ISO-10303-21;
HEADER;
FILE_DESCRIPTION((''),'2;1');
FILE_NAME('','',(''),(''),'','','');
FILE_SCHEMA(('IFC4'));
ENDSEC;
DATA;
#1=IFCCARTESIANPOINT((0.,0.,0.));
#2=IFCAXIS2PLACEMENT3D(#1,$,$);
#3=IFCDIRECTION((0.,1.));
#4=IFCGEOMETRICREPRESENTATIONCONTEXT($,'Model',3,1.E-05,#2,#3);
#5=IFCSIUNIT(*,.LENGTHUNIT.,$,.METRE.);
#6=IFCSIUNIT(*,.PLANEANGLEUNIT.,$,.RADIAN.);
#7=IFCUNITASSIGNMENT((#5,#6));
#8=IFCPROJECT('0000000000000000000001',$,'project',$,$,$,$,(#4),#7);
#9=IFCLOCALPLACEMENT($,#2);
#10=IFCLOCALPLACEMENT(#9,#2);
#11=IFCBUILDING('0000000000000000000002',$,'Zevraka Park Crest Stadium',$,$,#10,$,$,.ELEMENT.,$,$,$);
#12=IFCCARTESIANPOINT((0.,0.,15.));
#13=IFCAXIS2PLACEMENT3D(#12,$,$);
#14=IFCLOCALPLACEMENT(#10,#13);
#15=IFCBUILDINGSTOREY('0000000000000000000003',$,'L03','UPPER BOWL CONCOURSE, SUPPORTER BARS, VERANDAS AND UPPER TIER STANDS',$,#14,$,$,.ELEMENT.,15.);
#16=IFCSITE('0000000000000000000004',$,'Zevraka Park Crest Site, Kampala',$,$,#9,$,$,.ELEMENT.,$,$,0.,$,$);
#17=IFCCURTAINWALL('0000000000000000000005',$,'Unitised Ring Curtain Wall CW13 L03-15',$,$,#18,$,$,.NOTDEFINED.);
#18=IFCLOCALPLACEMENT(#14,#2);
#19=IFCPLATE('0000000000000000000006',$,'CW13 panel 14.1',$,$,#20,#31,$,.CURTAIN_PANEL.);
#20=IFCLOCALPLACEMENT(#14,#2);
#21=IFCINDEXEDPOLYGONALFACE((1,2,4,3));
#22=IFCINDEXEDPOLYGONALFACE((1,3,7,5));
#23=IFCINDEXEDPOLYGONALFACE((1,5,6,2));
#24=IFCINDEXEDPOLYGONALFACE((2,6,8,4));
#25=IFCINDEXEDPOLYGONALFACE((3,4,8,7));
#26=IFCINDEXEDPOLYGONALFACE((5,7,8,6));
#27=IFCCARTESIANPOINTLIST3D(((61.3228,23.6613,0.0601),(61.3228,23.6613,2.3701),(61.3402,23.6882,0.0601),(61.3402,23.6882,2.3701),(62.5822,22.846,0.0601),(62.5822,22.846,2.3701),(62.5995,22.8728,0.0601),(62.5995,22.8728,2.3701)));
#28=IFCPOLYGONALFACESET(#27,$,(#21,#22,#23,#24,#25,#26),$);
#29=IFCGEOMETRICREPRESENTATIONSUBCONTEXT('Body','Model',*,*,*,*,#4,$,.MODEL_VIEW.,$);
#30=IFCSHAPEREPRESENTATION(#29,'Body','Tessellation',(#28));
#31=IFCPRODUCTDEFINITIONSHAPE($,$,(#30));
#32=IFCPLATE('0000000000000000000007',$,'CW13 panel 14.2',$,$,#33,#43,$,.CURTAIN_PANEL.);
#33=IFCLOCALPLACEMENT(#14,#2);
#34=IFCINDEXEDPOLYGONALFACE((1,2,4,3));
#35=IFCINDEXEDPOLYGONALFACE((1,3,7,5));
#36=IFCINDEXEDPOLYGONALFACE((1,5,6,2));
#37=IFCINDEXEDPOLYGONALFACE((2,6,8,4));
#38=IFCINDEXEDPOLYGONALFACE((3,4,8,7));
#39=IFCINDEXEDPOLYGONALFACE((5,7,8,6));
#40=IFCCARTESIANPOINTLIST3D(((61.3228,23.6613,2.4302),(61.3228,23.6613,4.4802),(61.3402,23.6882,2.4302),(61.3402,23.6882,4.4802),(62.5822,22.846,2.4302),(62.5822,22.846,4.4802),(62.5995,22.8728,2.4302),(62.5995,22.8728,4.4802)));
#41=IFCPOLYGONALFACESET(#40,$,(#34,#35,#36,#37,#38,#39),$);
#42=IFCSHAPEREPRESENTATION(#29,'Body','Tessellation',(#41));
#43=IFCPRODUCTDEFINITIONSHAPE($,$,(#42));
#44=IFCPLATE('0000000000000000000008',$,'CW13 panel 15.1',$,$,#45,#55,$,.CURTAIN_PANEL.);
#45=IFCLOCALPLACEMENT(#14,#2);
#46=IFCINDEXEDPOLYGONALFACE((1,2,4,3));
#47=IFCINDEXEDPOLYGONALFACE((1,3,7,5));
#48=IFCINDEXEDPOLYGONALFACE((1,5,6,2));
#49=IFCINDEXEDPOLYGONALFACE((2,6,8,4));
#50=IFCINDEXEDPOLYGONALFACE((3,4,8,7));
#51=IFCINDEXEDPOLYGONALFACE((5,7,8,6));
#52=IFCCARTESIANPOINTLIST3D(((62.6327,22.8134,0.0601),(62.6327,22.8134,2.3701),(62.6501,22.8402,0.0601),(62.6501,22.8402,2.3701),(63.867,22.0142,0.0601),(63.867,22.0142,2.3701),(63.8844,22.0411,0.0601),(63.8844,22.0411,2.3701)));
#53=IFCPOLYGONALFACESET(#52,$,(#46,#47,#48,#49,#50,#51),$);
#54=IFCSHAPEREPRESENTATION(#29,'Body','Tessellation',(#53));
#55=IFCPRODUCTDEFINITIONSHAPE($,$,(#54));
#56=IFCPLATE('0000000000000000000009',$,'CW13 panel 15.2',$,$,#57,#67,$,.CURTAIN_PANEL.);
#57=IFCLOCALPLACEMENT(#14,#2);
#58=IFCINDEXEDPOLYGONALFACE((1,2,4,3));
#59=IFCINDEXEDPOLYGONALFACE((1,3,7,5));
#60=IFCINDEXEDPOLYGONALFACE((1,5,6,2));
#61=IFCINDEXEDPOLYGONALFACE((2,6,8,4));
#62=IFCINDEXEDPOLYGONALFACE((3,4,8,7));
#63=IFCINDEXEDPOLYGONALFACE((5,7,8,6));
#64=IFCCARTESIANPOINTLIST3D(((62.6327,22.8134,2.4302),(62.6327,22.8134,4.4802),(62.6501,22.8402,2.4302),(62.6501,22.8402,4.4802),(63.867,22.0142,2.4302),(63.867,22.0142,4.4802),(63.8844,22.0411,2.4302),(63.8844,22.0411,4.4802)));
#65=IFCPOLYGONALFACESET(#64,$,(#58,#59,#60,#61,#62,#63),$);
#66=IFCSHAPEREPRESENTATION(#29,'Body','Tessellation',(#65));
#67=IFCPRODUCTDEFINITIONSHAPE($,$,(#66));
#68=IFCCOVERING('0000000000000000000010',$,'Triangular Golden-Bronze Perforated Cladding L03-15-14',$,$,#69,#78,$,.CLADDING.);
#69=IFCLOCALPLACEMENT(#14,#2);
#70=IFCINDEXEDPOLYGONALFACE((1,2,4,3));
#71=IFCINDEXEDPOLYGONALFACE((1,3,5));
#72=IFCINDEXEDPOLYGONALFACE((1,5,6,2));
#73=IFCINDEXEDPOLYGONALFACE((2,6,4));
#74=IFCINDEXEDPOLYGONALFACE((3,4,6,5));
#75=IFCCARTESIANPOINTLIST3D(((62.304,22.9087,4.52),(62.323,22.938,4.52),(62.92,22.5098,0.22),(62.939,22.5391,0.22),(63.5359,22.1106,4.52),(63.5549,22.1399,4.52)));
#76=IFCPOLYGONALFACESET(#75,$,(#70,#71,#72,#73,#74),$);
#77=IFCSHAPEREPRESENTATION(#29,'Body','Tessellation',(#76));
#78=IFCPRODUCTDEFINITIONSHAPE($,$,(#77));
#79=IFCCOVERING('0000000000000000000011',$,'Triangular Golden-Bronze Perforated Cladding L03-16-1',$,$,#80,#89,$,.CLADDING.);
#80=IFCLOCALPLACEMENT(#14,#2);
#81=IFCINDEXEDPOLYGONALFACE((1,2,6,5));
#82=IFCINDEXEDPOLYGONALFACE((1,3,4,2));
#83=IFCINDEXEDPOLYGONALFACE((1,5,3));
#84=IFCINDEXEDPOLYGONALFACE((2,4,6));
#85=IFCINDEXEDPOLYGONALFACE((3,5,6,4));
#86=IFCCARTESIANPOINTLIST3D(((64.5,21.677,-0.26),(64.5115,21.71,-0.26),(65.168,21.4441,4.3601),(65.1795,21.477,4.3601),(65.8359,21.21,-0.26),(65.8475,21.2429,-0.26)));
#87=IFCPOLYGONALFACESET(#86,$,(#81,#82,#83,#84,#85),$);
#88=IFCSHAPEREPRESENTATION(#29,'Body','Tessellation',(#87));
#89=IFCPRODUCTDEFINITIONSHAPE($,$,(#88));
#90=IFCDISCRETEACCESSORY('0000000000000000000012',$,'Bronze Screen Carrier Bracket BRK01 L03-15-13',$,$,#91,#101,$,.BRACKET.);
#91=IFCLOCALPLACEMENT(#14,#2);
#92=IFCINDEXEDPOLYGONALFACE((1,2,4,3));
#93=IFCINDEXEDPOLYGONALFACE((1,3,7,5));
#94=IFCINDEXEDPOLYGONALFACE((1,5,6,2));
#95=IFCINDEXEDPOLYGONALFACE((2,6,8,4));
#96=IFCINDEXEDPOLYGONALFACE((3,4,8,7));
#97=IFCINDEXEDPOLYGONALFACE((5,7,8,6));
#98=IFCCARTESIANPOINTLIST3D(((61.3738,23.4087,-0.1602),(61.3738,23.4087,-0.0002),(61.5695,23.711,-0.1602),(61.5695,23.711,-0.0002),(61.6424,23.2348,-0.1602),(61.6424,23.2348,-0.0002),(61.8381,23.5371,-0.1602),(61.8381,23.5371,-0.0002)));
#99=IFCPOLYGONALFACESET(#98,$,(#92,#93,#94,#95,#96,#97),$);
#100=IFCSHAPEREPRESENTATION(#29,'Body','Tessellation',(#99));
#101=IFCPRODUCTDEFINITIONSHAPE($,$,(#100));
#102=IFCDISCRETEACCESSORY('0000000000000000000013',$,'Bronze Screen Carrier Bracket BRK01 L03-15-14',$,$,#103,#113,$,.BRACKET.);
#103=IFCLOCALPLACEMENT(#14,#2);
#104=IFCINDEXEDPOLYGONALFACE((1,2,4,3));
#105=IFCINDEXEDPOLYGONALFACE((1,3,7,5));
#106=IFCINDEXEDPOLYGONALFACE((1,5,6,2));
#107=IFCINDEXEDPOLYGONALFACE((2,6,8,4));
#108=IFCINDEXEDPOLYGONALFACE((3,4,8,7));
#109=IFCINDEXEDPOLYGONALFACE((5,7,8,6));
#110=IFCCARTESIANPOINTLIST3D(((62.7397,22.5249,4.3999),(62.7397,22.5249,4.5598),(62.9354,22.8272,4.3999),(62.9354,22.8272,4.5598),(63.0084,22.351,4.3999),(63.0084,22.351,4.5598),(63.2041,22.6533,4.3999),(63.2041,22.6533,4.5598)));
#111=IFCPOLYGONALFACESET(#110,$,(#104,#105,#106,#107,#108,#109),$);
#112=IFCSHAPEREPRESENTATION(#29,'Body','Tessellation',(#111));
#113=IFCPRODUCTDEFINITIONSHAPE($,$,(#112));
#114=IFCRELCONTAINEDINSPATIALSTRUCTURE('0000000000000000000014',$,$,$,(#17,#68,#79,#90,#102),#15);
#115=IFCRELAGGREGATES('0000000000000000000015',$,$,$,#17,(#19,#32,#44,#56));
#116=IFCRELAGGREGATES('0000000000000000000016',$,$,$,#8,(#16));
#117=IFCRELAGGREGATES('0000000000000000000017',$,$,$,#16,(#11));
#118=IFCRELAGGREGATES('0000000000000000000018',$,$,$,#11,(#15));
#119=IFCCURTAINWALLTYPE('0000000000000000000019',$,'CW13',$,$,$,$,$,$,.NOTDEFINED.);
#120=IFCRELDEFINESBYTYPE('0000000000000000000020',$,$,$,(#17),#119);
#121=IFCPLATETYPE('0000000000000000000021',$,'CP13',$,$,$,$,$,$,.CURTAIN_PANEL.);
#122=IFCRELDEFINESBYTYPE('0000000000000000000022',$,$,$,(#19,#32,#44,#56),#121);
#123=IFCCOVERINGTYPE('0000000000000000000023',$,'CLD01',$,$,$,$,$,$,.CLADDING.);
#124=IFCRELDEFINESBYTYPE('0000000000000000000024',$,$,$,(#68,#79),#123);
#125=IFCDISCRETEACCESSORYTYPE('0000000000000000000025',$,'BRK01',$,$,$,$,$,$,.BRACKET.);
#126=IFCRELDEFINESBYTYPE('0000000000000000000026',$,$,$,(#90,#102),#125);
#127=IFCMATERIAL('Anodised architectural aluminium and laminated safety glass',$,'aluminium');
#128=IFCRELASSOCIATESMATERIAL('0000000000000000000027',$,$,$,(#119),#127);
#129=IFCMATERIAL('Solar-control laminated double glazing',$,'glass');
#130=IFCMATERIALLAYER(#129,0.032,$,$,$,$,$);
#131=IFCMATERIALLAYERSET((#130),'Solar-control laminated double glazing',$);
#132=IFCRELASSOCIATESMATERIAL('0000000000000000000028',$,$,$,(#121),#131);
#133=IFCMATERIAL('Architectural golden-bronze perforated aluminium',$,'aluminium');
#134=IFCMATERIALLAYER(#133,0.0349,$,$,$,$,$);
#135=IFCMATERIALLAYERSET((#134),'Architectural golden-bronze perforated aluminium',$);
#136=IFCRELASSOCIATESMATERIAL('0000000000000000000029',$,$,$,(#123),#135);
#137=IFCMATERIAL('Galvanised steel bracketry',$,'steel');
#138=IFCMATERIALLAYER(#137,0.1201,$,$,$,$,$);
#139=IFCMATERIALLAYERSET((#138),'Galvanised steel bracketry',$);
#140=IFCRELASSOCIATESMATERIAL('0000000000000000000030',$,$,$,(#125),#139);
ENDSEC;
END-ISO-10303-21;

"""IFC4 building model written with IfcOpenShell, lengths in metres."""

from ifc_helpers import new_model, si_unit, direction, frame, origin, origin_2d, place, context, subcontext, project, spatial, polyline, rectangle, outline, extrude, material, layer, layer_set, type_object, element, aggregate, save


model = new_model("IFC4")

# Units and contexts
model_context = context("Model", 3, precision=1e-05, world=origin(), true_north=direction((0.0, 1.0)))
body_context = subcontext(model_context, "Body", "Model", "MODEL_VIEW")
ifc_project = project(units=[si_unit("LENGTHUNIT", "METRE"), si_unit("PLANEANGLEUNIT", "RADIAN")], contexts=[model_context])

# Site, building, storey
site_placement = place(None, origin())
site = spatial("IfcSite", under=ifc_project, at=site_placement, Name="Zevraka Park Crest Site, Kampala", CompositionType="ELEMENT", RefElevation=0.0)
building_placement = place(site_placement, origin())
building = spatial("IfcBuilding", under=site, at=building_placement, Name="Zevraka Park Crest Stadium", CompositionType="ELEMENT")
storey_placement = place(building_placement, frame((0.0, 0.0, 15.0)))
storey = spatial("IfcBuildingStorey", under=building, at=storey_placement, Name="L03", Description="UPPER BOWL CONCOURSE, SUPPORTER BARS, VERANDAS AND UPPER TIER STANDS", CompositionType="ELEMENT", Elevation=15.0)

# Curtain wall
ifc_material_1 = material(Name="Anodised architectural aluminium and laminated safety glass", Category="aluminium")
curtain_wall_type_1 = type_object("IfcCurtainWallType", Name="CW13", PredefinedType="NOTDEFINED", material=ifc_material_1)
curtain_wall_1_placement = place(storey_placement, origin())
curtain_wall_1 = element("IfcCurtainWall", 1, at=curtain_wall_1_placement, inside=storey, type_object=curtain_wall_type_1, Name="Unitised Ring Curtain Wall CW13 L03-15", PredefinedType="NOTDEFINED")

# Plates
ifc_material_2 = material(Name="Solar-control laminated double glazing", Category="glass")
ifc_layer_1 = layer(ifc_material_2, 0.032)
ifc_layer_set_1 = layer_set([ifc_layer_1], Name="Solar-control laminated double glazing")
plate_type_1 = type_object("IfcPlateType", Name="CP13", PredefinedType="CURTAIN_PANEL", material=ifc_layer_set_1)
plate_1_placement = place(storey_placement, frame((61.9612, 23.2671, 0.0601), z_axis=(0.0, 0.0, 1.0), x_axis=(0.839429, -0.543469, 0.0)))
plate_1 = element("IfcPlate", 2, at=plate_1_placement, type_object=plate_type_1, Name="CW13 panel 14.1", PredefinedType="CURTAIN_PANEL", context=body_context, shape_type="SweptSolid", body=[
    extrude(rectangle(XDim=1.5002, YDim=0.032, at=origin_2d()), origin(), (0.0, 0.0, 1.0), 2.3101),
])
plate_2_placement = place(storey_placement, frame((61.9612, 23.2671, 2.4302), z_axis=(0.0, 0.0, 1.0), x_axis=(0.839429, -0.543469, 0.0)))
plate_2 = element("IfcPlate", 3, at=plate_2_placement, type_object=plate_type_1, Name="CW13 panel 14.2", PredefinedType="CURTAIN_PANEL", context=body_context, shape_type="SweptSolid", body=[
    extrude(rectangle(XDim=1.5002, YDim=0.032, at=origin_2d()), origin(), (0.0, 0.0, 1.0), 2.05),
])
plate_3_placement = place(storey_placement, frame((63.2585, 22.4272, 0.0601), z_axis=(0.0, 0.0, 1.0), x_axis=(0.839429, -0.543469, 0.0)))
plate_3 = element("IfcPlate", 4, at=plate_3_placement, type_object=plate_type_1, Name="CW13 panel 15.1", PredefinedType="CURTAIN_PANEL", context=body_context, shape_type="SweptSolid", body=[
    extrude(rectangle(XDim=1.4705, YDim=0.032, at=origin_2d()), origin(), (0.0, 0.0, 1.0), 2.3101),
])
plate_4_placement = place(storey_placement, frame((63.2585, 22.4272, 2.4302), z_axis=(0.0, 0.0, 1.0), x_axis=(0.839429, -0.543469, 0.0)))
plate_4 = element("IfcPlate", 5, at=plate_4_placement, type_object=plate_type_1, Name="CW13 panel 15.2", PredefinedType="CURTAIN_PANEL", context=body_context, shape_type="SweptSolid", body=[
    extrude(rectangle(XDim=1.4705, YDim=0.032, at=origin_2d()), origin(), (0.0, 0.0, 1.0), 2.05),
])
aggregate(curtain_wall_1, [plate_1, plate_2, plate_3, plate_4])

# Coverings
ifc_material_3 = material(Name="Architectural golden-bronze perforated aluminium", Category="aluminium")
ifc_layer_2 = layer(ifc_material_3, 0.0349)
ifc_layer_set_2 = layer_set([ifc_layer_2], Name="Architectural golden-bronze perforated aluminium")
covering_type = type_object("IfcCoveringType", Name="CLD01", PredefinedType="CLADDING", material=ifc_layer_set_2)
covering_1_placement = place(storey_placement, frame((63.5549, 22.1399, 4.52), z_axis=(0.543713, 0.839271, 0.000024), x_axis=(-0.839271, 0.543713, 0.0)))
element("IfcCovering", 6, at=covering_1_placement, inside=storey, type_object=covering_type, Name="Triangular Golden-Bronze Perforated Cladding L03-15-14", PredefinedType="CLADDING", context=body_context, shape_type="SweptSolid", body=[
    extrude(outline(polyline([(0.0, 0.0), (1.4679, 0.0), (0.734, -4.3), (0.0, 0.0)])), origin(), (0.0, 0.0, -1.0), 0.0349),
])
covering_2_placement = place(storey_placement, frame((64.5, 21.677, -0.26), z_axis=(-0.330012, -0.943977, 0.000125), x_axis=(0.943977, -0.330012, 0.0)))
element("IfcCovering", 7, at=covering_2_placement, inside=storey, type_object=covering_type, Name="Triangular Golden-Bronze Perforated Cladding L03-16-1", PredefinedType="CLADDING", context=body_context, shape_type="SweptSolid", body=[
    extrude(outline(polyline([(0.0, 0.0), (1.4152, 0.0), (0.7074, 4.6201), (0.0, 0.0)])), origin(), (0.0, 0.0, -1.0), 0.0349),
])

# Discrete accessories
ifc_material_4 = material(Name="Galvanised steel bracketry", Category="steel")
ifc_layer_3 = layer(ifc_material_4, 0.1201)
ifc_layer_set_3 = layer_set([ifc_layer_3], Name="Galvanised steel bracketry")
discrete_accessory_type = type_object("IfcDiscreteAccessoryType", Name="BRK01", PredefinedType="BRACKET", material=ifc_layer_set_3)
for number, where, z_axis, x_axis, name in (
    (8, (61.606, 23.4729, -0.1602), (0.0, 0.0, 1.0), (0.83943, -0.543467, 0.0), "Bronze Screen Carrier Bracket BRK01 L03-15-13"),
    (9, (62.9719, 22.5891, 4.3999), (0.0, 0.0, 1.0), (0.83943, -0.543467, 0.0), "Bronze Screen Carrier Bracket BRK01 L03-15-14"),
):
    element("IfcDiscreteAccessory", number, at=place(storey_placement, frame(where, z_axis=z_axis, x_axis=x_axis)), inside=storey, type_object=discrete_accessory_type, Name=name, PredefinedType="BRACKET", context=body_context, shape_type="SweptSolid", body=[
        extrude(rectangle(XDim=0.3201, YDim=0.3601, at=origin_2d()), origin(), (0.0, 0.0, 1.0), 0.1599),
    ])

save(model, "model.ifc")
